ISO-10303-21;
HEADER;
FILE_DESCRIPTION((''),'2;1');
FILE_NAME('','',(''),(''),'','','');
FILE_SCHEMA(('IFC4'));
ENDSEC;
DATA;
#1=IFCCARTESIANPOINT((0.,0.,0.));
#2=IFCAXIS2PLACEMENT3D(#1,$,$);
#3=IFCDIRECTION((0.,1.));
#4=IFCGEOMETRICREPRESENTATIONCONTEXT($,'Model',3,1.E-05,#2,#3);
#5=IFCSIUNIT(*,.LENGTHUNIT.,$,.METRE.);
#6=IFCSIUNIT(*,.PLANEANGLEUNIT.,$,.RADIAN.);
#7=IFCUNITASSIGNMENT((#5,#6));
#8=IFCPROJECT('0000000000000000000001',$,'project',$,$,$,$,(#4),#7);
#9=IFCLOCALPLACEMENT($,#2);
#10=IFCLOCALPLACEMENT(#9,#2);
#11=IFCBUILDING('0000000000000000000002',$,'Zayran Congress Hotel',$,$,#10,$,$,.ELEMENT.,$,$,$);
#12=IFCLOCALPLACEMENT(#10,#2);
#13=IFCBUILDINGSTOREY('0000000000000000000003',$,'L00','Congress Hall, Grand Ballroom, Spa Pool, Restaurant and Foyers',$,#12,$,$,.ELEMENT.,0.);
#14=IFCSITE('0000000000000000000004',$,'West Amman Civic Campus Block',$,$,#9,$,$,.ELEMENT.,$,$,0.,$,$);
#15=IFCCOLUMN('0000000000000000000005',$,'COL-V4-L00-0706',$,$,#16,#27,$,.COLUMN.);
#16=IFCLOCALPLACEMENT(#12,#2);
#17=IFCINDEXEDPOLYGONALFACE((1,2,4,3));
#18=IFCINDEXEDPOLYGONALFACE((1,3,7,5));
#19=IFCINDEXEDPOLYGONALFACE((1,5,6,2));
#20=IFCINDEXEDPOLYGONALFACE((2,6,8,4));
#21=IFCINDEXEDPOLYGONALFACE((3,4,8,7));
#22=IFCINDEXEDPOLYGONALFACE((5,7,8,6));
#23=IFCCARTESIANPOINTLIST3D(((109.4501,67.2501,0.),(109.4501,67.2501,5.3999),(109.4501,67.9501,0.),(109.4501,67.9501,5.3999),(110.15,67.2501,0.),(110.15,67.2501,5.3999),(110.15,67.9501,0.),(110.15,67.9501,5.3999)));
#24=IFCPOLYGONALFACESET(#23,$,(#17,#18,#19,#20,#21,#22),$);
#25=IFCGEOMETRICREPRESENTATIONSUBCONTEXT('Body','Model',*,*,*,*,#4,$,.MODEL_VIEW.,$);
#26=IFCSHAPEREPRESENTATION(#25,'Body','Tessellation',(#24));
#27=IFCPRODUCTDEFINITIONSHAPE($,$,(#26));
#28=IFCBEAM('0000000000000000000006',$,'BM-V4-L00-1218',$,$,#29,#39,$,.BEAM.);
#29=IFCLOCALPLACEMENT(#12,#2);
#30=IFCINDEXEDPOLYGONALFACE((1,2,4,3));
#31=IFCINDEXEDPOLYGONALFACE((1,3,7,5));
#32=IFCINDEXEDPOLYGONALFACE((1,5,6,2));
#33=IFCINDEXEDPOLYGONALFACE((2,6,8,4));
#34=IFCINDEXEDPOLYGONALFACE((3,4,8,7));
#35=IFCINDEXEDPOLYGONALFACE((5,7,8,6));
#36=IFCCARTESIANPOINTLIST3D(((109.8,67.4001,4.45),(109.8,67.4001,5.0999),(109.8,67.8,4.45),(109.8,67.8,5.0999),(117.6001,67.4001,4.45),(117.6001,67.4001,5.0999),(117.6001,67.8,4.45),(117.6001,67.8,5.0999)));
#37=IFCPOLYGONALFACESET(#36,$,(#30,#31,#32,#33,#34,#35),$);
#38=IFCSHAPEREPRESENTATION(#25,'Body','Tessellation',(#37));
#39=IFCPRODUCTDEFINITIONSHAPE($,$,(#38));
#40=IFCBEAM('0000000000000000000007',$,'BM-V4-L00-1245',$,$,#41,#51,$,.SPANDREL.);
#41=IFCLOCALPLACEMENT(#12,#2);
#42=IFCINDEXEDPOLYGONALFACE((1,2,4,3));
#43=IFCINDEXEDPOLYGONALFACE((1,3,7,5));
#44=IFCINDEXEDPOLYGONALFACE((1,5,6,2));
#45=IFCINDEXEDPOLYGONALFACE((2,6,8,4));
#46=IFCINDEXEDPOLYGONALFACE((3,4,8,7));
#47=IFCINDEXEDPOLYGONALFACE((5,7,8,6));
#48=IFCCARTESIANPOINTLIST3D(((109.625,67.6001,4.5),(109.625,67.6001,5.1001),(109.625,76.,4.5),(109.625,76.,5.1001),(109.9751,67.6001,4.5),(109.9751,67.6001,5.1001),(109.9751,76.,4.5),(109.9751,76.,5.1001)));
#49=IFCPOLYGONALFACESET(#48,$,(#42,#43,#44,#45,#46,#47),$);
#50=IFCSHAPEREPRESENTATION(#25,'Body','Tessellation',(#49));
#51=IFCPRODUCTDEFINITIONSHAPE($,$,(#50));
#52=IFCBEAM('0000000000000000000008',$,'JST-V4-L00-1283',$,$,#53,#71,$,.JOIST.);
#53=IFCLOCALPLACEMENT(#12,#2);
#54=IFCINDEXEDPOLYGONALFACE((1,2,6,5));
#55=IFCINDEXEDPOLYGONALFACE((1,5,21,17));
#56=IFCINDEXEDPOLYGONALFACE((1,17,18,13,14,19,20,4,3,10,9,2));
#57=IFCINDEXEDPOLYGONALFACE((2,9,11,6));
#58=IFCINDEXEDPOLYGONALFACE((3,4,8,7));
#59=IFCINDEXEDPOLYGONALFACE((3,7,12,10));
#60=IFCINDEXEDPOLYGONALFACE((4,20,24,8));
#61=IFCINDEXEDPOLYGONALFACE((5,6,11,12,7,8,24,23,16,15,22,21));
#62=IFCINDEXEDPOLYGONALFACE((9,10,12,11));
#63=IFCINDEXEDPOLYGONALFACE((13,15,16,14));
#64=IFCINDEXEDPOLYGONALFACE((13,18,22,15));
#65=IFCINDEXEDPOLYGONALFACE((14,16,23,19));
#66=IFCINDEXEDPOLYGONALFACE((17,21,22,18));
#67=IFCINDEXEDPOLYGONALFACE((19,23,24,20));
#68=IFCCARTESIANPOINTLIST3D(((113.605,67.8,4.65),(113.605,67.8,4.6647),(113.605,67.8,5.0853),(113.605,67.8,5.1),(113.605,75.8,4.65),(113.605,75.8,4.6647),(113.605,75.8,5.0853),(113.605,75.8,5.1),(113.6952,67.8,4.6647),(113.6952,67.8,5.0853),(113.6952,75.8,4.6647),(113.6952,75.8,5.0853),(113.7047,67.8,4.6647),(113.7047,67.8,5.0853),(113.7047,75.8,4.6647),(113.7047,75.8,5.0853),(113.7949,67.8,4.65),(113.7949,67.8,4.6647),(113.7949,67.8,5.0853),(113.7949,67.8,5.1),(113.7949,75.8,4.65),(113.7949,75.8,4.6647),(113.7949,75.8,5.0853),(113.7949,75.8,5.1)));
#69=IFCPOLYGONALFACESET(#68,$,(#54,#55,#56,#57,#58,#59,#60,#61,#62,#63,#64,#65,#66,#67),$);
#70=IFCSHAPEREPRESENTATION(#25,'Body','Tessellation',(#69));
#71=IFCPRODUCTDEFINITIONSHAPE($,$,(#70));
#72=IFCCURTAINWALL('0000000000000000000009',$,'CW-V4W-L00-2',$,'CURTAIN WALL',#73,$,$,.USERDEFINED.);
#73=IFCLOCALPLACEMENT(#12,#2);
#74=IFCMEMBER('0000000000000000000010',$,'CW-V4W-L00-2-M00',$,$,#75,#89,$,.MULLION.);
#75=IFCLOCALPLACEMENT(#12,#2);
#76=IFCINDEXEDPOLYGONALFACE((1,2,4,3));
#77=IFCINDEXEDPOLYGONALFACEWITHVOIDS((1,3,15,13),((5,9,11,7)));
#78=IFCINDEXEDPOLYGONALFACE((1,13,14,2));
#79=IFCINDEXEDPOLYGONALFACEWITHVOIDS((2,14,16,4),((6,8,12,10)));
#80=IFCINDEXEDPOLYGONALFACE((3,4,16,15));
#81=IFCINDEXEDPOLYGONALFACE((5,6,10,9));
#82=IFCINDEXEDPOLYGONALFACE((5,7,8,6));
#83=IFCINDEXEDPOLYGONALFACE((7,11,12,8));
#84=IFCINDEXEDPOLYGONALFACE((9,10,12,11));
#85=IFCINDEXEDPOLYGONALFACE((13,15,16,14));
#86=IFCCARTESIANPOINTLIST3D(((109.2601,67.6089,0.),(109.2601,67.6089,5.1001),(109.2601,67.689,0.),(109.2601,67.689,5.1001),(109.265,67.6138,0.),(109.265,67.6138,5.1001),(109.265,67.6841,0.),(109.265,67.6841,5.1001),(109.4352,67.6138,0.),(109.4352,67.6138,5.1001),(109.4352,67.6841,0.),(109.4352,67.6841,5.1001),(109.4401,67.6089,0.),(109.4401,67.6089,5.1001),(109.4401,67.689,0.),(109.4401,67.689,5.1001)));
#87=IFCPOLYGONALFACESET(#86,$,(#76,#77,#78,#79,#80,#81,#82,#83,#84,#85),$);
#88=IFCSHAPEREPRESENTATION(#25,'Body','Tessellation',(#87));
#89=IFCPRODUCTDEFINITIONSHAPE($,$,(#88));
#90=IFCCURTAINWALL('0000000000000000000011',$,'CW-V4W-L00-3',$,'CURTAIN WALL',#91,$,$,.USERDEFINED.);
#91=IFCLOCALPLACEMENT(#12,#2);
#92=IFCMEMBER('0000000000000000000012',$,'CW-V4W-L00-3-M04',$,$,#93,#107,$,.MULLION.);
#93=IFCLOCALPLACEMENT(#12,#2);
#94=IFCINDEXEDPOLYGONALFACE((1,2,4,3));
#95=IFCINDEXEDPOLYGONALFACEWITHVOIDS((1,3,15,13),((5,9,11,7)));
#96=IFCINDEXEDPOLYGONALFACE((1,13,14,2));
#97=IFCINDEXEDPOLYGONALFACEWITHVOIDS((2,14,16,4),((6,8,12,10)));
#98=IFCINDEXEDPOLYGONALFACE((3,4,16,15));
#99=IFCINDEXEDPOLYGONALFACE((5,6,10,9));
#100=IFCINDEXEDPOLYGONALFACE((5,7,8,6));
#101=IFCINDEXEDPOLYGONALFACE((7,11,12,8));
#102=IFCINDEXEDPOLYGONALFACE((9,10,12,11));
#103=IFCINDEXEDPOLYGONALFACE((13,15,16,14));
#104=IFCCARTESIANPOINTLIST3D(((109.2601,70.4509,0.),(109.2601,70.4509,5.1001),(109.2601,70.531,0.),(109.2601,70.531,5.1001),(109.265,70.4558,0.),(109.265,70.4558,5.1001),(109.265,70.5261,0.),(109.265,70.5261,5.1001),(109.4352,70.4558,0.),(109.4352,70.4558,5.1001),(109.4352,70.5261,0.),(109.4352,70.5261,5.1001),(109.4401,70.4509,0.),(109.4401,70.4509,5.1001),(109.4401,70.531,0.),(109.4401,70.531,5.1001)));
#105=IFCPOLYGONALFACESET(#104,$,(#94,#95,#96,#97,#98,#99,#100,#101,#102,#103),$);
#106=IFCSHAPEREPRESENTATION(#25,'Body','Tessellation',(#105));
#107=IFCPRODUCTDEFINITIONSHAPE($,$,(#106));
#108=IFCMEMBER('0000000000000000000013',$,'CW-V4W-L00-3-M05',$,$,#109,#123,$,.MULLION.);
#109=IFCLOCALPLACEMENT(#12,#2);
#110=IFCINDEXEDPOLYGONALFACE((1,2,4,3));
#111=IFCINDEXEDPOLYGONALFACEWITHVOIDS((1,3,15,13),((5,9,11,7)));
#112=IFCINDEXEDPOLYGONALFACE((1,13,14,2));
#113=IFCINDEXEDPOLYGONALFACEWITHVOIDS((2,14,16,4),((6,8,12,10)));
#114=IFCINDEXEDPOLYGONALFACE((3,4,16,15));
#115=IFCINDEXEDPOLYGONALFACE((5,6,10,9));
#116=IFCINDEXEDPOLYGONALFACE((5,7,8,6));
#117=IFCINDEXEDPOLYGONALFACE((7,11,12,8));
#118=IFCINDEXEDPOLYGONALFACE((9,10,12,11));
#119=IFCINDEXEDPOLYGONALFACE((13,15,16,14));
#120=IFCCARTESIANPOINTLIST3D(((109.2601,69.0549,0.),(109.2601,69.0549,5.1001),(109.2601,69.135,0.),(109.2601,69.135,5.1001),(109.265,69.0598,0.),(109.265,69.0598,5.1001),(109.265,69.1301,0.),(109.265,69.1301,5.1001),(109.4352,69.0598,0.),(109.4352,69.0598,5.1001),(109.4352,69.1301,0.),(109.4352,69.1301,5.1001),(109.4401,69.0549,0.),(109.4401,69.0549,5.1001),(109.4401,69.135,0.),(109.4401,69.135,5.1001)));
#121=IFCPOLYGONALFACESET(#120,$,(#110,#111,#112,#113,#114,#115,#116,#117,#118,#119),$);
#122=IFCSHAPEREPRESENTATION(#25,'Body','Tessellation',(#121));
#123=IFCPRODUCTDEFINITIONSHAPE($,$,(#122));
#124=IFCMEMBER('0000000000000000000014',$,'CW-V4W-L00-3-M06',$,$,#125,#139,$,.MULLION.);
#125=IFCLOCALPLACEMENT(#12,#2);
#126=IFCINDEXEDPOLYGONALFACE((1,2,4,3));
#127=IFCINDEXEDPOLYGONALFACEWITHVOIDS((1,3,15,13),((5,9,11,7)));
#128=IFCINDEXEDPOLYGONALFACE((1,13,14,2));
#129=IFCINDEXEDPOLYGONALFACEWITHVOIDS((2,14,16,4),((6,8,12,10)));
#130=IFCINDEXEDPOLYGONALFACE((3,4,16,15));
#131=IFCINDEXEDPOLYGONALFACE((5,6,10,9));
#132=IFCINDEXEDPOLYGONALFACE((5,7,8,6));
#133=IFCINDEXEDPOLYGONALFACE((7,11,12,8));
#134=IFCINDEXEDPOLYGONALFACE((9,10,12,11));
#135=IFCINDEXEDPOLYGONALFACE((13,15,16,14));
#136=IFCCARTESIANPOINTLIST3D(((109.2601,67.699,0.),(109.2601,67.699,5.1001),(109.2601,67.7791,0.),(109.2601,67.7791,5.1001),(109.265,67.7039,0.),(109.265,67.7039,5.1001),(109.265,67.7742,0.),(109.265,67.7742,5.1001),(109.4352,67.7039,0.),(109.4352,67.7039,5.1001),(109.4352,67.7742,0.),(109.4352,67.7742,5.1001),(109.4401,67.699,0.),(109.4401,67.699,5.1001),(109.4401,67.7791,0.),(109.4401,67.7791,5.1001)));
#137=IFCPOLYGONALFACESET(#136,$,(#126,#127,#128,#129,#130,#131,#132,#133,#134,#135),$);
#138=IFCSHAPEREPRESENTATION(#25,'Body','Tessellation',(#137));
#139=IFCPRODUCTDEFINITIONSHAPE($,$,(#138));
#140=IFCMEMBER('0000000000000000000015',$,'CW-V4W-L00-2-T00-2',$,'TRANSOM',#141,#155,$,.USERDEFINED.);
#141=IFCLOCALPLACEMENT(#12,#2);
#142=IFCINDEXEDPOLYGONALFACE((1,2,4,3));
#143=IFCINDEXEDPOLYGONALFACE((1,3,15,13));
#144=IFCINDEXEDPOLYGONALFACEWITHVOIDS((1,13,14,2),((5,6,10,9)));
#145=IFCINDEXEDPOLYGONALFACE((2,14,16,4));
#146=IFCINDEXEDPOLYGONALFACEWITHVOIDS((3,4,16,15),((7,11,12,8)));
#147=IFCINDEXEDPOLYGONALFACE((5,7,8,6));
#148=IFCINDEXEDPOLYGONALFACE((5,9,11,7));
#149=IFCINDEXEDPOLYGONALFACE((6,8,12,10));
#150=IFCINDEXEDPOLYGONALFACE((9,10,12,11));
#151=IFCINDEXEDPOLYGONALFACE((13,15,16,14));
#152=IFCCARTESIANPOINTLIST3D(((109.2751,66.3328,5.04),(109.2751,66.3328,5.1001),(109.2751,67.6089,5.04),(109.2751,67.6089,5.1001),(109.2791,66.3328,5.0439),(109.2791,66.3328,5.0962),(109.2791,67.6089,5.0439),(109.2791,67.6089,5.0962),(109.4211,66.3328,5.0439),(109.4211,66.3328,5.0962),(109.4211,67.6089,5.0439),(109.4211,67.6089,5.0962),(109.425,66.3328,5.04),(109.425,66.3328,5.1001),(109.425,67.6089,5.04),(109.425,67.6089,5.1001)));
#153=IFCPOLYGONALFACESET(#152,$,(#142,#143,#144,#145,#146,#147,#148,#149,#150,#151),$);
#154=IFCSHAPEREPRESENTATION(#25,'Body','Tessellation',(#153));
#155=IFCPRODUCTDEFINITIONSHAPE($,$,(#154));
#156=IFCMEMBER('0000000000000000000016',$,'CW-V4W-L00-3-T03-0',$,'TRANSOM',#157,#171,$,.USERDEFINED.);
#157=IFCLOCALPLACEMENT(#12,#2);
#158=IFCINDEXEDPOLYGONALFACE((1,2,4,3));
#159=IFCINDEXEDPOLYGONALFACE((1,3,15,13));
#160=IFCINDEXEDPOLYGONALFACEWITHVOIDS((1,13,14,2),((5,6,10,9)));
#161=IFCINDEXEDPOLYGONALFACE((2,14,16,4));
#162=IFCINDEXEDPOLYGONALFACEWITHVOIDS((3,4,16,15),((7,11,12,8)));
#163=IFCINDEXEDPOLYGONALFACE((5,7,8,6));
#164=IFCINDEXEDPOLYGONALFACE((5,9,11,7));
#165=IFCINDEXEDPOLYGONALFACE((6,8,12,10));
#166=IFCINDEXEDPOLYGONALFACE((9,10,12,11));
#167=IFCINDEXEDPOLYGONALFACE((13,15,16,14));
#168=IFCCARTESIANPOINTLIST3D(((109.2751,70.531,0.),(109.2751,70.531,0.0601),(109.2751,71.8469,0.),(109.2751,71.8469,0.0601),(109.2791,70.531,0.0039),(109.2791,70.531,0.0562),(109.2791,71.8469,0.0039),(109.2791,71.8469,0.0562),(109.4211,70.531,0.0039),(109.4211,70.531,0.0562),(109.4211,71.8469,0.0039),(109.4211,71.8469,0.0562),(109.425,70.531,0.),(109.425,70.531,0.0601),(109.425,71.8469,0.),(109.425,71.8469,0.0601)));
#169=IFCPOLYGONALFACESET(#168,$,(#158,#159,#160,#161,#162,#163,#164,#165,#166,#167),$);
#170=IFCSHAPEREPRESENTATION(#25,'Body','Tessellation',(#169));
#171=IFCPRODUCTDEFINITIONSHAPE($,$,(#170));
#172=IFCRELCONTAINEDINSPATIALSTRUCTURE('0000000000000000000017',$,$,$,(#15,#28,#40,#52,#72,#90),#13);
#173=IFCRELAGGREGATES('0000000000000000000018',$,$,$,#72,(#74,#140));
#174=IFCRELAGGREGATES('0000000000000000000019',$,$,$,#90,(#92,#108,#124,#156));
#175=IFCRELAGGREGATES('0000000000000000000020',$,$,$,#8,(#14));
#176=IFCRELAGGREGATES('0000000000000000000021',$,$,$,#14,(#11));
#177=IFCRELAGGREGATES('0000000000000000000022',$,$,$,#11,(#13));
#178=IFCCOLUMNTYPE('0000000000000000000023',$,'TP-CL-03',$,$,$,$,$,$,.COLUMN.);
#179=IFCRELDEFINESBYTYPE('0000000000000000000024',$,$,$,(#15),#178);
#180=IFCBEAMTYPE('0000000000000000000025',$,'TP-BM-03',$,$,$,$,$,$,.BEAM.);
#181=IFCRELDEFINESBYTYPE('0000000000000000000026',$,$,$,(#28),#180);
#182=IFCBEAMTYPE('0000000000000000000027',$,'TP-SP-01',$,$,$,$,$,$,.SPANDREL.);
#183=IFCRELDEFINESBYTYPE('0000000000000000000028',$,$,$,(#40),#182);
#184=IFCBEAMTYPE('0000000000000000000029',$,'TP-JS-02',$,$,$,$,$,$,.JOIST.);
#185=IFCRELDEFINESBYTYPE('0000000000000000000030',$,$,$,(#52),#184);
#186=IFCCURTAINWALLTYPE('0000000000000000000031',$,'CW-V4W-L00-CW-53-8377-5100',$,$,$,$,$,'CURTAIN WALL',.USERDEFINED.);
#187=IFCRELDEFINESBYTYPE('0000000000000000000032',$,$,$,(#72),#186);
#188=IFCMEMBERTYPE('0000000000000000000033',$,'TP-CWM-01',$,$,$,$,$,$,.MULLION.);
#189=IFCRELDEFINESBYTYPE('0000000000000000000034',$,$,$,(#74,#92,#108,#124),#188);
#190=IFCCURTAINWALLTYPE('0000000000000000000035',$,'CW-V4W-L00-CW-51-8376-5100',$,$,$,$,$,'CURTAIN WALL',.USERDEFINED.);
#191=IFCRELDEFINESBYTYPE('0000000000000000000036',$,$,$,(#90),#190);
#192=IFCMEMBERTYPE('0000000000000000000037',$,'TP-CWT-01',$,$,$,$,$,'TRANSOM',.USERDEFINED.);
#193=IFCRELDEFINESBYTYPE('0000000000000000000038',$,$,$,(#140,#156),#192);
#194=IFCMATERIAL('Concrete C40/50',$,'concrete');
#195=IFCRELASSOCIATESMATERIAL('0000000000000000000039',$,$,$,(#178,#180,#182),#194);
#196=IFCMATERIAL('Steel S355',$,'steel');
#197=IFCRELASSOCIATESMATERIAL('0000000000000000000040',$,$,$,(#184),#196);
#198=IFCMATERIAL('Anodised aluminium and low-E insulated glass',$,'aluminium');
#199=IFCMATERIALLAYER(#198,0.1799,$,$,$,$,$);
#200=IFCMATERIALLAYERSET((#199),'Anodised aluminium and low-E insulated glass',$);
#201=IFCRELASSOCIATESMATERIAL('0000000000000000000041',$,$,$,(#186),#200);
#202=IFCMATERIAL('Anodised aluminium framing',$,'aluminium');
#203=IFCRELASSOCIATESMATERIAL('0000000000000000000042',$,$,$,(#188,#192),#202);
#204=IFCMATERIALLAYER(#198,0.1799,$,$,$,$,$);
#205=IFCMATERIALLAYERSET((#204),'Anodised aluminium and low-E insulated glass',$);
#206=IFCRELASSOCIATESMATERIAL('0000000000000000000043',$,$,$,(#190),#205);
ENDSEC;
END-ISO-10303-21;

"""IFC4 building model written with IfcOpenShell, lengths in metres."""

from ifc_helpers import new_model, si_unit, direction, frame, origin, origin_2d, place, context, subcontext, project, spatial, rectangle, hollow_rectangle, i_section, extrude, material, layer, layer_set, material_profile, profile_set, type_object, element, aggregate, save


model = new_model("IFC4")

# Units and contexts
model_context = context("Model", 3, precision=1e-05, world=origin(), true_north=direction((0.0, 1.0)))
body_context = subcontext(model_context, "Body", "Model", "MODEL_VIEW")
ifc_project = project(units=[si_unit("LENGTHUNIT", "METRE"), si_unit("PLANEANGLEUNIT", "RADIAN")], contexts=[model_context])

# Site, building, storey
site_placement = place(None, origin())
site = spatial("IfcSite", under=ifc_project, at=site_placement, Name="West Amman Civic Campus Block", CompositionType="ELEMENT", RefElevation=0.0)
building_placement = place(site_placement, origin())
building = spatial("IfcBuilding", under=site, at=building_placement, Name="Zayran Congress Hotel", CompositionType="ELEMENT")
storey_placement = place(building_placement, origin())
storey = spatial("IfcBuildingStorey", under=building, at=storey_placement, Name="L00", Description="Congress Hall, Grand Ballroom, Spa Pool, Restaurant and Foyers", CompositionType="ELEMENT", Elevation=0.0)

# Column
ifc_material_1 = material(Name="Concrete C40/50", Category="concrete")
ifc_material_profile_1 = material_profile(ifc_material_1, rectangle(XDim=0.7, YDim=0.7, at=origin_2d()), Name="RC 700x700")
ifc_profile_set_1 = profile_set([ifc_material_profile_1], Name="Concrete C40/50")
column_type = type_object("IfcColumnType", Name="TP-CL-03", PredefinedType="COLUMN", material=ifc_profile_set_1)
column_placement = place(storey_placement, frame((109.8, 67.6001, 0.0), z_axis=(0.0, 0.0, 1.0), x_axis=(1.0, 0.0, 0.0)))
element("IfcColumn", 1, at=column_placement, inside=storey, type_object=column_type, Name="COL-V4-L00-0706", PredefinedType="COLUMN", context=body_context, shape_type="SweptSolid", body=[
    extrude(rectangle(XDim=0.7, YDim=0.7, at=origin_2d()), origin(), (0.0, 0.0, 1.0), 5.3999),
])

# Beams
ifc_material_profile_2 = material_profile(ifc_material_1, rectangle(XDim=0.3999, YDim=0.6499, at=origin_2d()), Name="RC 400x650")
ifc_profile_set_2 = profile_set([ifc_material_profile_2], Name="Concrete C40/50")
beam_type_1 = type_object("IfcBeamType", Name="TP-BM-03", PredefinedType="BEAM", material=ifc_profile_set_2)
beam_1_placement = place(storey_placement, frame((109.8, 67.6001, 4.7749), z_axis=(1.0, 0.0, 0.0), x_axis=(0.0, 1.0, 0.0)))
element("IfcBeam", 2, at=beam_1_placement, inside=storey, type_object=beam_type_1, Name="BM-V4-L00-1218", PredefinedType="BEAM", context=body_context, shape_type="SweptSolid", body=[
    extrude(rectangle(XDim=0.3999, YDim=0.6499, at=origin_2d()), origin(), (0.0, 0.0, 1.0), 7.8),
])
ifc_material_profile_3 = material_profile(ifc_material_1, rectangle(XDim=0.3501, YDim=0.6001, at=origin_2d()), Name="RC 350x600")
ifc_profile_set_3 = profile_set([ifc_material_profile_3], Name="Concrete C40/50")
beam_type_2 = type_object("IfcBeamType", Name="TP-SP-01", PredefinedType="SPANDREL", material=ifc_profile_set_3)
beam_2_placement = place(storey_placement, frame((109.8, 67.6001, 4.8), z_axis=(0.0, 1.0, 0.0), x_axis=(-1.0, 0.0, 0.0)))
element("IfcBeam", 3, at=beam_2_placement, inside=storey, type_object=beam_type_2, Name="BM-V4-L00-1245", PredefinedType="SPANDREL", context=body_context, shape_type="SweptSolid", body=[
    extrude(rectangle(XDim=0.3501, YDim=0.6001, at=origin_2d()), origin(), (0.0, 0.0, 1.0), 8.3999),
])
ifc_material_2 = material(Name="Steel S355", Category="steel")
ifc_material_profile_4 = material_profile(ifc_material_2, i_section(OverallWidth=0.1899, OverallDepth=0.45, WebThickness=0.0095, FlangeThickness=0.0146, at=origin_2d()), Name="IPE 450")
ifc_profile_set_4 = profile_set([ifc_material_profile_4], Name="Steel S355")
beam_type_3 = type_object("IfcBeamType", Name="TP-JS-02", PredefinedType="JOIST", material=ifc_profile_set_4)
beam_3_placement = place(storey_placement, frame((113.7, 67.8, 4.875), z_axis=(0.0, 1.0, 0.0), x_axis=(-1.0, 0.0, 0.0)))
element("IfcBeam", 4, at=beam_3_placement, inside=storey, type_object=beam_type_3, Name="JST-V4-L00-1283", PredefinedType="JOIST", context=body_context, shape_type="SweptSolid", body=[
    extrude(i_section(OverallWidth=0.1899, OverallDepth=0.45, WebThickness=0.0095, FlangeThickness=0.0146, at=origin_2d()), origin(), (0.0, 0.0, 1.0), 8.0),
])

# Curtain wall, member
ifc_material_3 = material(Name="Anodised aluminium and low-E insulated glass", Category="aluminium")
ifc_layer_1 = layer(ifc_material_3, 0.1799)
ifc_layer_set_1 = layer_set([ifc_layer_1], Name="Anodised aluminium and low-E insulated glass")
curtain_wall_type_1 = type_object("IfcCurtainWallType", Name="CW-V4W-L00-CW-53-8377-5100", ElementType="CURTAIN WALL", PredefinedType="USERDEFINED", material=ifc_layer_set_1)
curtain_wall_1_placement = place(storey_placement, origin())
curtain_wall_1 = element("IfcCurtainWall", 5, at=curtain_wall_1_placement, inside=storey, type_object=curtain_wall_type_1, Name="CW-V4W-L00-2", ObjectType="CURTAIN WALL", PredefinedType="USERDEFINED")
ifc_material_4 = material(Name="Anodised aluminium framing", Category="aluminium")
ifc_material_profile_5 = material_profile(ifc_material_4, hollow_rectangle(XDim=0.0801, YDim=0.1799, WallThickness=0.0049, at=origin_2d()), Name="RHS 180x80x5")
ifc_profile_set_5 = profile_set([ifc_material_profile_5], Name="Anodised aluminium framing")
member_type_1 = type_object("IfcMemberType", Name="TP-CWM-01", PredefinedType="MULLION", material=ifc_profile_set_5)
member_1_placement = place(storey_placement, frame((109.3501, 67.6489, 0.0), z_axis=(0.0, 0.0, 1.0), x_axis=(0.0, 1.0, 0.0)))
member_1 = element("IfcMember", 6, at=member_1_placement, type_object=member_type_1, Name="CW-V4W-L00-2-M00", PredefinedType="MULLION", context=body_context, shape_type="SweptSolid", body=[
    extrude(hollow_rectangle(XDim=0.0801, YDim=0.1799, WallThickness=0.0049, at=origin_2d()), origin(), (0.0, 0.0, 1.0), 5.1001),
])

# Curtain wall, members
ifc_layer_2 = layer(ifc_material_3, 0.1799)
ifc_layer_set_2 = layer_set([ifc_layer_2], Name="Anodised aluminium and low-E insulated glass")
curtain_wall_type_2 = type_object("IfcCurtainWallType", Name="CW-V4W-L00-CW-51-8376-5100", ElementType="CURTAIN WALL", PredefinedType="USERDEFINED", material=ifc_layer_set_2)
curtain_wall_2_placement = place(storey_placement, origin())
curtain_wall_2 = element("IfcCurtainWall", 7, at=curtain_wall_2_placement, inside=storey, type_object=curtain_wall_type_2, Name="CW-V4W-L00-3", ObjectType="CURTAIN WALL", PredefinedType="USERDEFINED")
member_2_placement = place(storey_placement, frame((109.3501, 70.491, 0.0), z_axis=(0.0, 0.0, 1.0), x_axis=(0.0, 1.0, 0.0)))
member_2 = element("IfcMember", 8, at=member_2_placement, type_object=member_type_1, Name="CW-V4W-L00-3-M04", PredefinedType="MULLION", context=body_context, shape_type="SweptSolid", body=[
    extrude(hollow_rectangle(XDim=0.0801, YDim=0.1799, WallThickness=0.0049, at=origin_2d()), origin(), (0.0, 0.0, 1.0), 5.1001),
])
member_3_placement = place(storey_placement, frame((109.3501, 69.095, 0.0), z_axis=(0.0, 0.0, 1.0), x_axis=(0.0, 1.0, 0.0)))
member_3 = element("IfcMember", 9, at=member_3_placement, type_object=member_type_1, Name="CW-V4W-L00-3-M05", PredefinedType="MULLION", context=body_context, shape_type="SweptSolid", body=[
    extrude(hollow_rectangle(XDim=0.0801, YDim=0.1799, WallThickness=0.0049, at=origin_2d()), origin(), (0.0, 0.0, 1.0), 5.1001),
])
member_4_placement = place(storey_placement, frame((109.3501, 67.739, 0.0), z_axis=(0.0, 0.0, 1.0), x_axis=(0.0, 1.0, 0.0)))
member_4 = element("IfcMember", 10, at=member_4_placement, type_object=member_type_1, Name="CW-V4W-L00-3-M06", PredefinedType="MULLION", context=body_context, shape_type="SweptSolid", body=[
    extrude(hollow_rectangle(XDim=0.0801, YDim=0.1799, WallThickness=0.0049, at=origin_2d()), origin(), (0.0, 0.0, 1.0), 5.1001),
])

# Members
ifc_material_profile_6 = material_profile(ifc_material_4, hollow_rectangle(XDim=0.0601, YDim=0.1499, WallThickness=0.0039, at=origin_2d()), Name="RHS 150x60x4")
ifc_profile_set_6 = profile_set([ifc_material_profile_6], Name="Anodised aluminium framing")
member_type_2 = type_object("IfcMemberType", Name="TP-CWT-01", ElementType="TRANSOM", PredefinedType="USERDEFINED", material=ifc_profile_set_6)
member_5_placement = place(storey_placement, frame((109.3501, 67.6089, 5.0701), z_axis=(0.0, -1.0, 0.0), x_axis=(0.0, 0.0, 1.0)))
member_5 = element("IfcMember", 11, at=member_5_placement, type_object=member_type_2, Name="CW-V4W-L00-2-T00-2", ObjectType="TRANSOM", PredefinedType="USERDEFINED", context=body_context, shape_type="SweptSolid", body=[
    extrude(hollow_rectangle(XDim=0.0601, YDim=0.1499, WallThickness=0.0039, at=origin_2d()), origin(), (0.0, 0.0, 1.0), 1.2761),
])
aggregate(curtain_wall_1, [member_1, member_5])
member_6_placement = place(storey_placement, frame((109.3501, 71.8469, 0.03), z_axis=(0.0, -1.0, 0.0), x_axis=(0.0, 0.0, 1.0)))
member_6 = element("IfcMember", 12, at=member_6_placement, type_object=member_type_2, Name="CW-V4W-L00-3-T03-0", ObjectType="TRANSOM", PredefinedType="USERDEFINED", context=body_context, shape_type="SweptSolid", body=[
    extrude(hollow_rectangle(XDim=0.0601, YDim=0.1499, WallThickness=0.0039, at=origin_2d()), origin(), (0.0, 0.0, 1.0), 1.3159),
])

aggregate(curtain_wall_2, [member_2, member_3, member_4, member_6])

save(model, "model.ifc")
